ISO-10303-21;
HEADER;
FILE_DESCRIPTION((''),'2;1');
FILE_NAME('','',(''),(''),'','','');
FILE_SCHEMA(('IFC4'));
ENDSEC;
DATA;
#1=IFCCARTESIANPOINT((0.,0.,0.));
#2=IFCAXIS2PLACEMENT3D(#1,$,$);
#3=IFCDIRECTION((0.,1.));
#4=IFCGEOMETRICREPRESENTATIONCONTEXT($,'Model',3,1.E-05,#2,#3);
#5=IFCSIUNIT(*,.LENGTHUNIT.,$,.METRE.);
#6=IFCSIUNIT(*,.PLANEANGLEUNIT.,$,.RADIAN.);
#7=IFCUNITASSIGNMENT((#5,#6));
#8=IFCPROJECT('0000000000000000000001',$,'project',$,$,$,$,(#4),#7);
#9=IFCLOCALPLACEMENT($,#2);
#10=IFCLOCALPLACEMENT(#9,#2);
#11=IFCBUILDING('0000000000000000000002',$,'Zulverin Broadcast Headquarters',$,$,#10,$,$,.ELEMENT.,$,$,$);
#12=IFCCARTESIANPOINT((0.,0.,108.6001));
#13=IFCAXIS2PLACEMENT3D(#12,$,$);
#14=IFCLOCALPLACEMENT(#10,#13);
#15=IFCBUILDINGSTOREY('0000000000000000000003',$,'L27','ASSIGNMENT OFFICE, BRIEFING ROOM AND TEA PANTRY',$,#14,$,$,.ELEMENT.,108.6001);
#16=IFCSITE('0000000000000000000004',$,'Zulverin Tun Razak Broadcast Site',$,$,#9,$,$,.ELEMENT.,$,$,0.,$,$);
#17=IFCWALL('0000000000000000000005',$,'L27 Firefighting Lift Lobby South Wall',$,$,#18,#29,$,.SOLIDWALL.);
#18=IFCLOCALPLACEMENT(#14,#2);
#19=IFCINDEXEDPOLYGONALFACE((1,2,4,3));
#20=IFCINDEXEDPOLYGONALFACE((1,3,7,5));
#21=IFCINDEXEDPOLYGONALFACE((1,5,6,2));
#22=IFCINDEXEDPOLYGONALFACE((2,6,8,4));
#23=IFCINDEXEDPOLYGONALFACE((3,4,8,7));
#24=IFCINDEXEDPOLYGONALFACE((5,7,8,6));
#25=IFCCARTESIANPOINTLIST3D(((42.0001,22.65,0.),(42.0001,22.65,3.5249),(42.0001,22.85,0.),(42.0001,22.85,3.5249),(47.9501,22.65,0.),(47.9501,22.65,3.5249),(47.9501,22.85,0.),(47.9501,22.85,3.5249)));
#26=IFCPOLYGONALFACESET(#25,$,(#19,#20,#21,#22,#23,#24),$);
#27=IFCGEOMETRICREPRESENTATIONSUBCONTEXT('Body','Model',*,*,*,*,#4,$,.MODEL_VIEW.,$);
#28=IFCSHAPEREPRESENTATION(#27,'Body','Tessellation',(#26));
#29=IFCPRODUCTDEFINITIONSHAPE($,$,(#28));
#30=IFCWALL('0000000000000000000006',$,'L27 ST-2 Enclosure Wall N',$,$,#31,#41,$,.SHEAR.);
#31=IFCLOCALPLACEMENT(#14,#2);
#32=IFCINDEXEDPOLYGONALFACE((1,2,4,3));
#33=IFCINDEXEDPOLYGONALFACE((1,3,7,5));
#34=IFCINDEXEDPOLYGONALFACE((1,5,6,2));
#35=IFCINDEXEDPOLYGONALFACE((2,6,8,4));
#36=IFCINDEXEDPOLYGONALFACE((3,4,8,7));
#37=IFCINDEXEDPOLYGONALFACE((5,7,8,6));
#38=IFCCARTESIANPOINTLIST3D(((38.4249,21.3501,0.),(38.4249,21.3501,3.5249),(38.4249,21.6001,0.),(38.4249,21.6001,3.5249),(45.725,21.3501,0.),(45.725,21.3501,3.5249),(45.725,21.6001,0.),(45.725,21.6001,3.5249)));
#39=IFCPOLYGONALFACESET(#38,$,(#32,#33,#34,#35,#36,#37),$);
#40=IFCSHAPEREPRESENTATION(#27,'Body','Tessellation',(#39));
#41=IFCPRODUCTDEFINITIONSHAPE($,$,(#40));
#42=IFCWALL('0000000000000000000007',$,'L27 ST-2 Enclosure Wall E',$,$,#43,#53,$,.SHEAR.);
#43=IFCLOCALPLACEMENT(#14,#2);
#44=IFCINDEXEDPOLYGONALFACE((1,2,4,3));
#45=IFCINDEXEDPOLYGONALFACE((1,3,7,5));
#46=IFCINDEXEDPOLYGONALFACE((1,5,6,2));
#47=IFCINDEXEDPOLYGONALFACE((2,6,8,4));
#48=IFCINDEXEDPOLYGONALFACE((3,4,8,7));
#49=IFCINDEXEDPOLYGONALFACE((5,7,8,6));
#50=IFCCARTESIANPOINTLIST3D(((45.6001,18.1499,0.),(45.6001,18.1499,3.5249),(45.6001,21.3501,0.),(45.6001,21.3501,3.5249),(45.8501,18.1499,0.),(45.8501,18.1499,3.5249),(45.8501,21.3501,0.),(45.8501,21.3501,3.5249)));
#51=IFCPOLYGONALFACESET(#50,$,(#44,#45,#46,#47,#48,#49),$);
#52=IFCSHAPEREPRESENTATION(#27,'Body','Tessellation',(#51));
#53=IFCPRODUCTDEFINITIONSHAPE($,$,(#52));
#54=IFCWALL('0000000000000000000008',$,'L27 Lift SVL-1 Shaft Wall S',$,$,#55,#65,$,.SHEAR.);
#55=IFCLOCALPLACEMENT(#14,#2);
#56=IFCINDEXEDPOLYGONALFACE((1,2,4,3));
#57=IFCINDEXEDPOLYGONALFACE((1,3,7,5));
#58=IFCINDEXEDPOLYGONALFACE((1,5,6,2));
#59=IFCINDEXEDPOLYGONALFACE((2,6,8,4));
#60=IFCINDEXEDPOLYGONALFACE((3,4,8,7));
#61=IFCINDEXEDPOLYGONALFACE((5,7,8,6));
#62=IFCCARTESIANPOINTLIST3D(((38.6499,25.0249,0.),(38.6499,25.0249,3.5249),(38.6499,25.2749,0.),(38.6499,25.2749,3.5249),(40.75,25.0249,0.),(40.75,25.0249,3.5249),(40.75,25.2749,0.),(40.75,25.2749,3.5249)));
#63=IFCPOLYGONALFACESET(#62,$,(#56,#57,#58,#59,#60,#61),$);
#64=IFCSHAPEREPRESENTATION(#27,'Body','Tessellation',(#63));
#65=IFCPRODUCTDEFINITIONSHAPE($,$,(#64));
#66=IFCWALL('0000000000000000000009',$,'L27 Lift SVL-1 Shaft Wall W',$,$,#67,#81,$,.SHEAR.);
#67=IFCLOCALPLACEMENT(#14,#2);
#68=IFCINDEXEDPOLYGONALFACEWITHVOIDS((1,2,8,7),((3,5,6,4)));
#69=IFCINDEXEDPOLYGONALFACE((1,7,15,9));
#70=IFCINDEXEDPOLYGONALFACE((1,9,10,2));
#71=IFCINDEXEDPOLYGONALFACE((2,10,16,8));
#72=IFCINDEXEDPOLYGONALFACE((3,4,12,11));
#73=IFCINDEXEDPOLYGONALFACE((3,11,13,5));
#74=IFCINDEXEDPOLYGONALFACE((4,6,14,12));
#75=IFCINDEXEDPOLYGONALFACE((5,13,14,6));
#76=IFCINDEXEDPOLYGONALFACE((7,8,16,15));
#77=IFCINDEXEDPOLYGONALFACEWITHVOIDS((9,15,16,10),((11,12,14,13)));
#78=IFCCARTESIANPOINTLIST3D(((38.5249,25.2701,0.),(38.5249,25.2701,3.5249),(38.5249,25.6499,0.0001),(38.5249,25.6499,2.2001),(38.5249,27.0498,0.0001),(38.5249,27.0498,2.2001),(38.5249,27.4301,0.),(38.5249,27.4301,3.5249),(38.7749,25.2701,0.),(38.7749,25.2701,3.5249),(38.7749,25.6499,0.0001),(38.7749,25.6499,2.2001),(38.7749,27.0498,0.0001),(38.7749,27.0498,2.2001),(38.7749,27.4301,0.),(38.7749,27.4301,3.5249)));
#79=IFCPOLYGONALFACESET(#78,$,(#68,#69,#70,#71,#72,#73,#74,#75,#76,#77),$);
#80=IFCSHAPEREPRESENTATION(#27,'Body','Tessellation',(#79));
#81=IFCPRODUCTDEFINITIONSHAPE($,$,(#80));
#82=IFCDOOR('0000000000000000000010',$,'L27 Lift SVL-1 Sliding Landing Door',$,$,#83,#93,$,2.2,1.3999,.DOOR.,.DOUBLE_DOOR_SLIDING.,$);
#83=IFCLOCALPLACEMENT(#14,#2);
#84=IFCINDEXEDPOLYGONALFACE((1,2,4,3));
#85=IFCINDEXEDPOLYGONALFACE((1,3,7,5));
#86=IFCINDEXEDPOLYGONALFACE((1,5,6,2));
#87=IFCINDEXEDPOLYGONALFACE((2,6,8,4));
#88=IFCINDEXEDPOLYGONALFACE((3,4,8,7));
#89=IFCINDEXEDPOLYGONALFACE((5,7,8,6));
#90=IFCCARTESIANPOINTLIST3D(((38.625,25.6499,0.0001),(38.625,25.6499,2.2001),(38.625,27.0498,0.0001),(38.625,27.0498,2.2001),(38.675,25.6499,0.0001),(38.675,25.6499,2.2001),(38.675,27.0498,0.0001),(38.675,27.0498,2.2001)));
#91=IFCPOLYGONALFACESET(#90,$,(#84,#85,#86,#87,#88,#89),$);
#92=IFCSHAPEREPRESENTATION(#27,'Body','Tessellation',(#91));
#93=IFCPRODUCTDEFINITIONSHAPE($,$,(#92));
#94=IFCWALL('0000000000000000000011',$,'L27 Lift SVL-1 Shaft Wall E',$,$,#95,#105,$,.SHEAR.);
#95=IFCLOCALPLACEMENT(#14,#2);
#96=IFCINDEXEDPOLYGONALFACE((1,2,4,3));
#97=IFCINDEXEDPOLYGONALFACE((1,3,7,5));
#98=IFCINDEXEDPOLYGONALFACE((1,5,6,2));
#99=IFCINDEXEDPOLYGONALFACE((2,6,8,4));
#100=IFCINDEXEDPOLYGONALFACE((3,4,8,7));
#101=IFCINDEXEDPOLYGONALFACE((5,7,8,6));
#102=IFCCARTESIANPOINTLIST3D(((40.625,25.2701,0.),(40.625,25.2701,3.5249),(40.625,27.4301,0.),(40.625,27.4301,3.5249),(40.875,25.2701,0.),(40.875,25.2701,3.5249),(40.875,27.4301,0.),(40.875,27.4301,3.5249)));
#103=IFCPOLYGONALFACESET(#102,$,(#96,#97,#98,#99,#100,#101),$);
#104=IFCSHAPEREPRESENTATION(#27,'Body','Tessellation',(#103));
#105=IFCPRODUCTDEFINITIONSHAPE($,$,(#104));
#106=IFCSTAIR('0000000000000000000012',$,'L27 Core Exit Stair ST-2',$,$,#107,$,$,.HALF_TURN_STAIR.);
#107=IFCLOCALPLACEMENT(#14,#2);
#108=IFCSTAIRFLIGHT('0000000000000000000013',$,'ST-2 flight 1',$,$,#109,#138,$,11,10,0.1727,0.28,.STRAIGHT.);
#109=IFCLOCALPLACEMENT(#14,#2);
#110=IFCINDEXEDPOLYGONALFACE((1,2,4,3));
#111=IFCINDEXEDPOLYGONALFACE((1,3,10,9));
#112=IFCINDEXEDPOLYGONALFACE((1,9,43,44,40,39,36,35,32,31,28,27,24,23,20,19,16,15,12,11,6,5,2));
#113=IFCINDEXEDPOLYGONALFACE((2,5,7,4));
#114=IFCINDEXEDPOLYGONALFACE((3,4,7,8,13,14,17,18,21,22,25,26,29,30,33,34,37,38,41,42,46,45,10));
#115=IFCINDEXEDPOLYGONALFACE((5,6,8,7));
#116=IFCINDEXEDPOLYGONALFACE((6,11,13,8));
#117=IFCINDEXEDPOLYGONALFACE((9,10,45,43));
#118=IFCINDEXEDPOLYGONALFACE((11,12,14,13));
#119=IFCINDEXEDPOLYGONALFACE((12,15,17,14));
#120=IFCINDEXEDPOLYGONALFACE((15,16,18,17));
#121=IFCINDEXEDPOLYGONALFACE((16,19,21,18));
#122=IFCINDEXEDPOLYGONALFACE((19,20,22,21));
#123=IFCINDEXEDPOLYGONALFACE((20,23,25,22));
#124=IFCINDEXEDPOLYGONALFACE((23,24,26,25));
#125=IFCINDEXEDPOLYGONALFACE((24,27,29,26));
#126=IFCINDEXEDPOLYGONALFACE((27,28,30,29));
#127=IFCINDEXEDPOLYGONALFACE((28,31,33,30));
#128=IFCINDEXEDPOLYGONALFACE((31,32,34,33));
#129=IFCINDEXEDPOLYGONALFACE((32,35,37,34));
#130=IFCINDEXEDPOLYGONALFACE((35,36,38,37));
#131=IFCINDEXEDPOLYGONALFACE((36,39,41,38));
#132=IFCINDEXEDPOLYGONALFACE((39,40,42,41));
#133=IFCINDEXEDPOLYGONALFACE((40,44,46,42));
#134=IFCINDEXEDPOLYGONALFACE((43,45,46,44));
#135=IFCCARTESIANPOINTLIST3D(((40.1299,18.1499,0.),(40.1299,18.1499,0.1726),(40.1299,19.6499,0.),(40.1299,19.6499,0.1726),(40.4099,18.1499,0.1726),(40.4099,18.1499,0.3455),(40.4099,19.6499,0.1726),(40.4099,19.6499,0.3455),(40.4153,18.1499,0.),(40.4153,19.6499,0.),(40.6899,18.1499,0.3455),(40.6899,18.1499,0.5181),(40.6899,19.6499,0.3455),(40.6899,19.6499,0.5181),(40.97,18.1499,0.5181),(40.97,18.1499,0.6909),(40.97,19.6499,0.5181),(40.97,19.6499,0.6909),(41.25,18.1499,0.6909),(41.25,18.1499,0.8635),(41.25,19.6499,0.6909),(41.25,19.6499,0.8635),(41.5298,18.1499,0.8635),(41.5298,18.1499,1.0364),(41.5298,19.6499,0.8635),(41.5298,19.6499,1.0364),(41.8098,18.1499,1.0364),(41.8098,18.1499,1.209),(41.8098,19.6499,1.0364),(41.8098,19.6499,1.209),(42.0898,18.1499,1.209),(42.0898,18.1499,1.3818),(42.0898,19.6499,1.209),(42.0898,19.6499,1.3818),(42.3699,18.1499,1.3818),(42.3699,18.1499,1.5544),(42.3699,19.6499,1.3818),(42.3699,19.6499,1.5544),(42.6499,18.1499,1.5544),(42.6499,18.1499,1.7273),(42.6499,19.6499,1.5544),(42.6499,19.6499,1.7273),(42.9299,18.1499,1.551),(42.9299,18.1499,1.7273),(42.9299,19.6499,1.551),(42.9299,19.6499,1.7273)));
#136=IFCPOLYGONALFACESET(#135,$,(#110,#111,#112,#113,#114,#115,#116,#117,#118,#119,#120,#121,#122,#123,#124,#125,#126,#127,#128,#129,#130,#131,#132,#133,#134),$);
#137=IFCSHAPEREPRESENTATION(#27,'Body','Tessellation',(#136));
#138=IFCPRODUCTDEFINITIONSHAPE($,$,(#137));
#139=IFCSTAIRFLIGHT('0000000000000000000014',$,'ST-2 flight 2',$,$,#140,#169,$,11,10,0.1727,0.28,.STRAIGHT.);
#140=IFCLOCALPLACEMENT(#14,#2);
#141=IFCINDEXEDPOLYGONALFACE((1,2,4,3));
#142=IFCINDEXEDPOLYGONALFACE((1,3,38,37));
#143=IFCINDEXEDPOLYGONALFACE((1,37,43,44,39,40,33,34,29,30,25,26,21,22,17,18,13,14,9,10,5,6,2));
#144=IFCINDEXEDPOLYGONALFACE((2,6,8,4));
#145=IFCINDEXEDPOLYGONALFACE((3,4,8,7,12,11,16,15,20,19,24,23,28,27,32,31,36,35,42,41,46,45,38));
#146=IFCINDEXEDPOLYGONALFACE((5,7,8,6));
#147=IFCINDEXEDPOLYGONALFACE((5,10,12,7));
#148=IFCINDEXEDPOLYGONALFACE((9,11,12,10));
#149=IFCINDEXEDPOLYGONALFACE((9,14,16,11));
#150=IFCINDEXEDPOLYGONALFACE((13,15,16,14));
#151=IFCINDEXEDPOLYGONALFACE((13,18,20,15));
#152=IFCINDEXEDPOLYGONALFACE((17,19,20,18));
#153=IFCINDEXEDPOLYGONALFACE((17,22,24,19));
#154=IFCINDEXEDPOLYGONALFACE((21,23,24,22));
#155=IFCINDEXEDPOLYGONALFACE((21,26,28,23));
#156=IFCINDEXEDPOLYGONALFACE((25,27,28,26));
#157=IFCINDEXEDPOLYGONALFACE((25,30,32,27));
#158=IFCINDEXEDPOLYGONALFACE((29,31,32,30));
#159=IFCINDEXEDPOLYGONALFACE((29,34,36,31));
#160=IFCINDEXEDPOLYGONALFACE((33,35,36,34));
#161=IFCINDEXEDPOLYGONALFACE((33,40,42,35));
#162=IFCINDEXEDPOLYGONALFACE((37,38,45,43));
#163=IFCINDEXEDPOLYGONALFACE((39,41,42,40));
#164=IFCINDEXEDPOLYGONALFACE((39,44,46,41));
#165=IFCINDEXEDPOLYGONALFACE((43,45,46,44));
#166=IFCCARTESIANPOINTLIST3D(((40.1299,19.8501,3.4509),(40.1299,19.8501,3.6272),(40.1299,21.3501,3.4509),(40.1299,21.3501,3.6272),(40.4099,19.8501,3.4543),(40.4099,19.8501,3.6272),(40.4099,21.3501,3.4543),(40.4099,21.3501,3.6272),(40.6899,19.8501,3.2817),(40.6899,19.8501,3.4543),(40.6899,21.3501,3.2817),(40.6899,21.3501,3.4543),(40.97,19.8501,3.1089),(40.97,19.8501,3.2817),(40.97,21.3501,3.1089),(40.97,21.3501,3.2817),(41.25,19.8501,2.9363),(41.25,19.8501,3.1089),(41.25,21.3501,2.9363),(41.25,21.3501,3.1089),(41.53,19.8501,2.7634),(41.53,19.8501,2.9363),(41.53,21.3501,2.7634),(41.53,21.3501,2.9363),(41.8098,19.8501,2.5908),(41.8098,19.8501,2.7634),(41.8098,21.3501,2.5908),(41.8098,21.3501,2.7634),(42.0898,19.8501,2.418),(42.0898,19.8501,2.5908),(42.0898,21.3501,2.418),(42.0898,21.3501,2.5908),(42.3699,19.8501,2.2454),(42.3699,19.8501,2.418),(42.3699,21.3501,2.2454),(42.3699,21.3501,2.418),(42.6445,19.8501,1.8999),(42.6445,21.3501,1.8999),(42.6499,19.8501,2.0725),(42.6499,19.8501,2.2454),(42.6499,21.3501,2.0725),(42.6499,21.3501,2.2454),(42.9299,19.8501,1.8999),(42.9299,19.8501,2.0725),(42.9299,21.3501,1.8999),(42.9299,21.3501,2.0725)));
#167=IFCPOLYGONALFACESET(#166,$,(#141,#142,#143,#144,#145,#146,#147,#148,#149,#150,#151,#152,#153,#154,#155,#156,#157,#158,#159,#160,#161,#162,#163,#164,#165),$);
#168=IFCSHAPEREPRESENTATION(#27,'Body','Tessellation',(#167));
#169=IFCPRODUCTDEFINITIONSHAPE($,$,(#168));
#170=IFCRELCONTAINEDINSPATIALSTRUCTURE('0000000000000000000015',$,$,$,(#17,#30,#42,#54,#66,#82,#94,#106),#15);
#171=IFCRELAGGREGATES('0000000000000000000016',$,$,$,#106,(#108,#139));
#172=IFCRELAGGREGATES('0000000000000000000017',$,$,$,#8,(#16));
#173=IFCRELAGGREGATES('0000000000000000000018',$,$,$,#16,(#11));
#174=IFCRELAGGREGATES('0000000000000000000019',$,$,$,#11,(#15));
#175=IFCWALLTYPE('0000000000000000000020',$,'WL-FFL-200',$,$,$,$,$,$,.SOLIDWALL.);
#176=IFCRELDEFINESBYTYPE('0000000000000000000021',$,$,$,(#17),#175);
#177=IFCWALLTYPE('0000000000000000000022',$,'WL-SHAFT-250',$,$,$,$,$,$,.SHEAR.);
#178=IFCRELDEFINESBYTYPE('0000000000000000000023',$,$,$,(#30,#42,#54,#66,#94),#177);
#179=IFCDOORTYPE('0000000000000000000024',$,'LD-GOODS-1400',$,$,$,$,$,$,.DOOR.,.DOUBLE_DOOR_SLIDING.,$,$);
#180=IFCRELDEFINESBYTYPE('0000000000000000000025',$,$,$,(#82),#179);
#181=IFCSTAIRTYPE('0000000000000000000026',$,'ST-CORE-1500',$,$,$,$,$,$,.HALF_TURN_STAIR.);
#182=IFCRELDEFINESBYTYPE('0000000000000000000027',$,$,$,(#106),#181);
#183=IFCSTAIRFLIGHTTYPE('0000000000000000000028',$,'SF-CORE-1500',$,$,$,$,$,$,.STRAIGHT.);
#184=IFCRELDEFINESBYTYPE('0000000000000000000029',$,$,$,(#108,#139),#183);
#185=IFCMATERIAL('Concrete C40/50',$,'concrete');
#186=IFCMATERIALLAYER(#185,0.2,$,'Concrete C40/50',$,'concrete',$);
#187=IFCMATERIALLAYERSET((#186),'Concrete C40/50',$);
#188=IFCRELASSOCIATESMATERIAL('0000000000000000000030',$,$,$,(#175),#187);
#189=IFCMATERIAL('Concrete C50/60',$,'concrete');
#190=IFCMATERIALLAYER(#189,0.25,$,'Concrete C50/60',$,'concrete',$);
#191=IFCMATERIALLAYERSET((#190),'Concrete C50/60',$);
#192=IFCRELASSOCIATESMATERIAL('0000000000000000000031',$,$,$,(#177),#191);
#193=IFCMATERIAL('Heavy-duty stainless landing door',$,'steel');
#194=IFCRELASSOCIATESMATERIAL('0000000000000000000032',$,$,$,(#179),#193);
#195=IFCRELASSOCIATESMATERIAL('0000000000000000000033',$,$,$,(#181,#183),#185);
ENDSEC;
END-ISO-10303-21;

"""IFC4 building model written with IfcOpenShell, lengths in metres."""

from ifc_helpers import new_model, si_unit, direction, frame, frame_2d, origin, place, context, subcontext, project, spatial, polyline, rectangle, outline, extrude, material, layer, layer_set, type_object, element, fill, aggregate, save


model = new_model("IFC4")

# Units and contexts
model_context = context("Model", 3, precision=1e-05, world=origin(), true_north=direction((0.0, 1.0)))
body_context = subcontext(model_context, "Body", "Model", "MODEL_VIEW")
ifc_project = project(units=[si_unit("LENGTHUNIT", "METRE"), si_unit("PLANEANGLEUNIT", "RADIAN")], contexts=[model_context])

# Site, building, storey
site_placement = place(None, origin())
site = spatial("IfcSite", under=ifc_project, at=site_placement, Name="Zulverin Tun Razak Broadcast Site", CompositionType="ELEMENT", RefElevation=0.0)
building_placement = place(site_placement, origin())
building = spatial("IfcBuilding", under=site, at=building_placement, Name="Zulverin Broadcast Headquarters", CompositionType="ELEMENT")
storey_placement = place(building_placement, frame((0.0, 0.0, 108.6001)))
storey = spatial("IfcBuildingStorey", under=building, at=storey_placement, Name="L27", Description="ASSIGNMENT OFFICE, BRIEFING ROOM AND TEA PANTRY", CompositionType="ELEMENT", Elevation=108.6001)

# Shared definitions
ifc_material_1 = material(Name="Concrete C40/50", Category="concrete")
ifc_layer_1 = layer(ifc_material_1, 0.2, Name="Concrete C40/50", Category="concrete")
ifc_layer_set_1 = layer_set([ifc_layer_1], Name="Concrete C40/50")
wall_type_1 = type_object("IfcWallType", Name="WL-FFL-200", PredefinedType="SOLIDWALL", material=ifc_layer_set_1)

# Walls
wall_1_placement = place(storey_placement, frame((42.0, 22.75, 0.0), z_axis=(0.0, 0.0, 1.0), x_axis=(1.0, 0.0, 0.0)))
element("IfcWall", 1, at=wall_1_placement, inside=storey, type_object=wall_type_1, Name="L27 Firefighting Lift Lobby South Wall", PredefinedType="SOLIDWALL", context=body_context, shape_type="SweptSolid", body=[
    extrude(rectangle(XDim=5.95, YDim=0.2, at=frame_2d((2.9751, 0.0))), origin(), (0.0, 0.0, 1.0), 3.5249),
])
ifc_material_2 = material(Name="Concrete C50/60", Category="concrete")
ifc_layer_2 = layer(ifc_material_2, 0.25, Name="Concrete C50/60", Category="concrete")
ifc_layer_set_2 = layer_set([ifc_layer_2], Name="Concrete C50/60")
wall_type_2 = type_object("IfcWallType", Name="WL-SHAFT-250", PredefinedType="SHEAR", material=ifc_layer_set_2)
wall_2_placement = place(storey_placement, frame((38.425, 21.4751, 0.0), z_axis=(0.0, 0.0, 1.0), x_axis=(1.0, 0.0, 0.0)))
element("IfcWall", 2, at=wall_2_placement, inside=storey, type_object=wall_type_2, Name="L27 ST-2 Enclosure Wall N", PredefinedType="SHEAR", context=body_context, shape_type="SweptSolid", body=[
    extrude(rectangle(XDim=7.3, YDim=0.25, at=frame_2d((3.6499, 0.0))), origin(), (0.0, 0.0, 1.0), 3.5249),
])
wall_3_placement = place(storey_placement, frame((45.7251, 18.1499, 0.0), z_axis=(0.0, 0.0, 1.0), x_axis=(0.0, 1.0, 0.0)))
element("IfcWall", 3, at=wall_3_placement, inside=storey, type_object=wall_type_2, Name="L27 ST-2 Enclosure Wall E", PredefinedType="SHEAR", context=body_context, shape_type="SweptSolid", body=[
    extrude(rectangle(XDim=3.2002, YDim=0.25, at=frame_2d((1.6001, 0.0))), origin(), (0.0, 0.0, 1.0), 3.5249),
])

# Wall
wall_4_placement = place(storey_placement, frame((38.6499, 25.1499, 0.0), z_axis=(0.0, 0.0, 1.0), x_axis=(1.0, 0.0, 0.0)))
element("IfcWall", 4, at=wall_4_placement, inside=storey, type_object=wall_type_2, Name="L27 Lift SVL-1 Shaft Wall S", PredefinedType="SHEAR", context=body_context, shape_type="SweptSolid", body=[
    extrude(rectangle(XDim=2.1001, YDim=0.25, at=frame_2d((1.05, 0.0))), origin(), (0.0, 0.0, 1.0), 3.5249),
])

# Wall, opening, door
wall_5_placement = place(storey_placement, frame((38.6499, 25.27, 0.0), z_axis=(0.0, 0.0, 1.0), x_axis=(0.0, 1.0, 0.0)))
wall_5 = element("IfcWall", 5, at=wall_5_placement, inside=storey, type_object=wall_type_2, Name="L27 Lift SVL-1 Shaft Wall W", PredefinedType="SHEAR", context=body_context, shape_type="SweptSolid", body=[
    extrude(rectangle(XDim=2.1599, YDim=0.25, at=frame_2d((1.0801, 0.0))), origin(), (0.0, 0.0, 1.0), 3.5249),
])
opening_1_placement = place(wall_5_placement, frame((0.3799, 0.0, 0.0)))
opening_1 = element("IfcOpeningElement", 6, at=opening_1_placement, cuts=wall_5, PredefinedType="OPENING", context=body_context, shape_type="SweptSolid", body=[
    extrude(rectangle(XDim=1.3999, YDim=2.2, at=frame_2d((0.7, 1.1001))), frame((0.0, 0.135, 0.0), z_axis=(0.0, -1.0, 0.0), x_axis=(1.0, 0.0, 0.0)), (0.0, 0.0, 1.0), 0.27),
])
ifc_material_3 = material(Name="Heavy-duty stainless landing door", Category="steel")
door_type_1 = type_object("IfcDoorType", Name="LD-GOODS-1400", OperationType="DOUBLE_DOOR_SLIDING", PredefinedType="DOOR", material=ifc_material_3)
door_1_placement = place(opening_1_placement, origin())
door_1 = element("IfcDoor", 7, at=door_1_placement, inside=storey, type_object=door_type_1, Name="L27 Lift SVL-1 Sliding Landing Door", OperationType="DOUBLE_DOOR_SLIDING", OverallHeight=2.2, OverallWidth=1.3999, PredefinedType="DOOR", context=body_context, shape_type="SweptSolid", body=[
    extrude(rectangle(XDim=1.3999, YDim=2.2, at=frame_2d((0.7, 1.1001))), frame((0.0, 0.0249, 0.0), z_axis=(0.0, -1.0, 0.0), x_axis=(1.0, 0.0, 0.0)), (0.0, 0.0, 1.0), 0.05),
])
fill(opening_1, door_1)

# Wall
wall_6_placement = place(storey_placement, frame((40.75, 25.27, 0.0), z_axis=(0.0, 0.0, 1.0), x_axis=(0.0, 1.0, 0.0)))
element("IfcWall", 8, at=wall_6_placement, inside=storey, type_object=wall_type_2, Name="L27 Lift SVL-1 Shaft Wall E", PredefinedType="SHEAR", context=body_context, shape_type="SweptSolid", body=[
    extrude(rectangle(XDim=2.1599, YDim=0.25, at=frame_2d((1.0801, 0.0))), origin(), (0.0, 0.0, 1.0), 3.5249),
])

# Stair, stair flights
stair_type = type_object("IfcStairType", Name="ST-CORE-1500", PredefinedType="HALF_TURN_STAIR", material=ifc_material_1)
stair_placement = place(storey_placement, origin())
stair = element("IfcStair", 9, at=stair_placement, inside=storey, type_object=stair_type, Name="L27 Core Exit Stair ST-2", PredefinedType="HALF_TURN_STAIR")
stair_flight_type = type_object("IfcStairFlightType", Name="SF-CORE-1500", PredefinedType="STRAIGHT", material=ifc_material_1)
stair_flight_1_placement = place(storey_placement, frame((40.1299, 18.8999, 0.0), z_axis=(0.0, 0.0, 1.0), x_axis=(1.0, 0.0, 0.0)))
stair_flight_1 = element("IfcStairFlight", 10, at=stair_flight_1_placement, type_object=stair_flight_type, Name="ST-2 flight 1", NumberOfRisers=11, NumberOfTreads=10, PredefinedType="STRAIGHT", RiserHeight=0.1727, TreadLength=0.28, context=body_context, shape_type="SweptSolid", body=[
    extrude(outline(polyline([(0.0, 0.0), (0.0, 0.1726), (0.28, 0.1726), (0.28, 0.3455), (0.5601, 0.3455), (0.5601, 0.5181), (0.8401, 0.5181), (0.8401, 0.6909), (1.1201, 0.6909), (1.1201, 0.8635), (1.3999, 0.8635), (1.3999, 1.0364), (1.6799, 1.0364), (1.6799, 1.209), (1.96, 1.209), (1.96, 1.3818), (2.24, 1.3818), (2.24, 1.5544), (2.52, 1.5544), (2.52, 1.7273), (2.8, 1.7273), (2.8, 1.8999), (2.8, 1.551), (0.2854, 0.0), (0.0, 0.0)])), frame((0.0, 0.75, 0.0), z_axis=(0.0, -1.0, 0.0), x_axis=(1.0, 0.0, 0.0)), (0.0, 0.0, 1.0), 1.5),
])
stair_flight_2_placement = place(storey_placement, frame((42.9299, 20.6001, 1.8999), z_axis=(0.0, 0.0, 1.0), x_axis=(-1.0, 0.0, 0.0)))
stair_flight_2 = element("IfcStairFlight", 11, at=stair_flight_2_placement, type_object=stair_flight_type, Name="ST-2 flight 2", NumberOfRisers=11, NumberOfTreads=10, PredefinedType="STRAIGHT", RiserHeight=0.1727, TreadLength=0.28, context=body_context, shape_type="SweptSolid", body=[
    extrude(outline(polyline([(0.0, 0.0), (0.0, 0.1726), (0.28, 0.1726), (0.28, 0.3455), (0.5601, 0.3455), (0.5601, 0.5181), (0.8401, 0.5181), (0.8401, 0.6909), (1.1201, 0.6909), (1.1201, 0.8635), (1.3999, 0.8635), (1.3999, 1.0364), (1.6799, 1.0364), (1.6799, 1.209), (1.96, 1.209), (1.96, 1.3818), (2.24, 1.3818), (2.24, 1.5544), (2.52, 1.5544), (2.52, 1.7273), (2.8, 1.7273), (2.8, 1.8999), (2.8, 1.551), (0.2854, 0.0), (0.0, 0.0)])), frame((0.0, 0.75, 0.0), z_axis=(0.0, -1.0, 0.0), x_axis=(1.0, 0.0, 0.0)), (0.0, 0.0, 1.0), 1.5),
])
aggregate(stair, [stair_flight_1, stair_flight_2])

save(model, "model.ifc")
